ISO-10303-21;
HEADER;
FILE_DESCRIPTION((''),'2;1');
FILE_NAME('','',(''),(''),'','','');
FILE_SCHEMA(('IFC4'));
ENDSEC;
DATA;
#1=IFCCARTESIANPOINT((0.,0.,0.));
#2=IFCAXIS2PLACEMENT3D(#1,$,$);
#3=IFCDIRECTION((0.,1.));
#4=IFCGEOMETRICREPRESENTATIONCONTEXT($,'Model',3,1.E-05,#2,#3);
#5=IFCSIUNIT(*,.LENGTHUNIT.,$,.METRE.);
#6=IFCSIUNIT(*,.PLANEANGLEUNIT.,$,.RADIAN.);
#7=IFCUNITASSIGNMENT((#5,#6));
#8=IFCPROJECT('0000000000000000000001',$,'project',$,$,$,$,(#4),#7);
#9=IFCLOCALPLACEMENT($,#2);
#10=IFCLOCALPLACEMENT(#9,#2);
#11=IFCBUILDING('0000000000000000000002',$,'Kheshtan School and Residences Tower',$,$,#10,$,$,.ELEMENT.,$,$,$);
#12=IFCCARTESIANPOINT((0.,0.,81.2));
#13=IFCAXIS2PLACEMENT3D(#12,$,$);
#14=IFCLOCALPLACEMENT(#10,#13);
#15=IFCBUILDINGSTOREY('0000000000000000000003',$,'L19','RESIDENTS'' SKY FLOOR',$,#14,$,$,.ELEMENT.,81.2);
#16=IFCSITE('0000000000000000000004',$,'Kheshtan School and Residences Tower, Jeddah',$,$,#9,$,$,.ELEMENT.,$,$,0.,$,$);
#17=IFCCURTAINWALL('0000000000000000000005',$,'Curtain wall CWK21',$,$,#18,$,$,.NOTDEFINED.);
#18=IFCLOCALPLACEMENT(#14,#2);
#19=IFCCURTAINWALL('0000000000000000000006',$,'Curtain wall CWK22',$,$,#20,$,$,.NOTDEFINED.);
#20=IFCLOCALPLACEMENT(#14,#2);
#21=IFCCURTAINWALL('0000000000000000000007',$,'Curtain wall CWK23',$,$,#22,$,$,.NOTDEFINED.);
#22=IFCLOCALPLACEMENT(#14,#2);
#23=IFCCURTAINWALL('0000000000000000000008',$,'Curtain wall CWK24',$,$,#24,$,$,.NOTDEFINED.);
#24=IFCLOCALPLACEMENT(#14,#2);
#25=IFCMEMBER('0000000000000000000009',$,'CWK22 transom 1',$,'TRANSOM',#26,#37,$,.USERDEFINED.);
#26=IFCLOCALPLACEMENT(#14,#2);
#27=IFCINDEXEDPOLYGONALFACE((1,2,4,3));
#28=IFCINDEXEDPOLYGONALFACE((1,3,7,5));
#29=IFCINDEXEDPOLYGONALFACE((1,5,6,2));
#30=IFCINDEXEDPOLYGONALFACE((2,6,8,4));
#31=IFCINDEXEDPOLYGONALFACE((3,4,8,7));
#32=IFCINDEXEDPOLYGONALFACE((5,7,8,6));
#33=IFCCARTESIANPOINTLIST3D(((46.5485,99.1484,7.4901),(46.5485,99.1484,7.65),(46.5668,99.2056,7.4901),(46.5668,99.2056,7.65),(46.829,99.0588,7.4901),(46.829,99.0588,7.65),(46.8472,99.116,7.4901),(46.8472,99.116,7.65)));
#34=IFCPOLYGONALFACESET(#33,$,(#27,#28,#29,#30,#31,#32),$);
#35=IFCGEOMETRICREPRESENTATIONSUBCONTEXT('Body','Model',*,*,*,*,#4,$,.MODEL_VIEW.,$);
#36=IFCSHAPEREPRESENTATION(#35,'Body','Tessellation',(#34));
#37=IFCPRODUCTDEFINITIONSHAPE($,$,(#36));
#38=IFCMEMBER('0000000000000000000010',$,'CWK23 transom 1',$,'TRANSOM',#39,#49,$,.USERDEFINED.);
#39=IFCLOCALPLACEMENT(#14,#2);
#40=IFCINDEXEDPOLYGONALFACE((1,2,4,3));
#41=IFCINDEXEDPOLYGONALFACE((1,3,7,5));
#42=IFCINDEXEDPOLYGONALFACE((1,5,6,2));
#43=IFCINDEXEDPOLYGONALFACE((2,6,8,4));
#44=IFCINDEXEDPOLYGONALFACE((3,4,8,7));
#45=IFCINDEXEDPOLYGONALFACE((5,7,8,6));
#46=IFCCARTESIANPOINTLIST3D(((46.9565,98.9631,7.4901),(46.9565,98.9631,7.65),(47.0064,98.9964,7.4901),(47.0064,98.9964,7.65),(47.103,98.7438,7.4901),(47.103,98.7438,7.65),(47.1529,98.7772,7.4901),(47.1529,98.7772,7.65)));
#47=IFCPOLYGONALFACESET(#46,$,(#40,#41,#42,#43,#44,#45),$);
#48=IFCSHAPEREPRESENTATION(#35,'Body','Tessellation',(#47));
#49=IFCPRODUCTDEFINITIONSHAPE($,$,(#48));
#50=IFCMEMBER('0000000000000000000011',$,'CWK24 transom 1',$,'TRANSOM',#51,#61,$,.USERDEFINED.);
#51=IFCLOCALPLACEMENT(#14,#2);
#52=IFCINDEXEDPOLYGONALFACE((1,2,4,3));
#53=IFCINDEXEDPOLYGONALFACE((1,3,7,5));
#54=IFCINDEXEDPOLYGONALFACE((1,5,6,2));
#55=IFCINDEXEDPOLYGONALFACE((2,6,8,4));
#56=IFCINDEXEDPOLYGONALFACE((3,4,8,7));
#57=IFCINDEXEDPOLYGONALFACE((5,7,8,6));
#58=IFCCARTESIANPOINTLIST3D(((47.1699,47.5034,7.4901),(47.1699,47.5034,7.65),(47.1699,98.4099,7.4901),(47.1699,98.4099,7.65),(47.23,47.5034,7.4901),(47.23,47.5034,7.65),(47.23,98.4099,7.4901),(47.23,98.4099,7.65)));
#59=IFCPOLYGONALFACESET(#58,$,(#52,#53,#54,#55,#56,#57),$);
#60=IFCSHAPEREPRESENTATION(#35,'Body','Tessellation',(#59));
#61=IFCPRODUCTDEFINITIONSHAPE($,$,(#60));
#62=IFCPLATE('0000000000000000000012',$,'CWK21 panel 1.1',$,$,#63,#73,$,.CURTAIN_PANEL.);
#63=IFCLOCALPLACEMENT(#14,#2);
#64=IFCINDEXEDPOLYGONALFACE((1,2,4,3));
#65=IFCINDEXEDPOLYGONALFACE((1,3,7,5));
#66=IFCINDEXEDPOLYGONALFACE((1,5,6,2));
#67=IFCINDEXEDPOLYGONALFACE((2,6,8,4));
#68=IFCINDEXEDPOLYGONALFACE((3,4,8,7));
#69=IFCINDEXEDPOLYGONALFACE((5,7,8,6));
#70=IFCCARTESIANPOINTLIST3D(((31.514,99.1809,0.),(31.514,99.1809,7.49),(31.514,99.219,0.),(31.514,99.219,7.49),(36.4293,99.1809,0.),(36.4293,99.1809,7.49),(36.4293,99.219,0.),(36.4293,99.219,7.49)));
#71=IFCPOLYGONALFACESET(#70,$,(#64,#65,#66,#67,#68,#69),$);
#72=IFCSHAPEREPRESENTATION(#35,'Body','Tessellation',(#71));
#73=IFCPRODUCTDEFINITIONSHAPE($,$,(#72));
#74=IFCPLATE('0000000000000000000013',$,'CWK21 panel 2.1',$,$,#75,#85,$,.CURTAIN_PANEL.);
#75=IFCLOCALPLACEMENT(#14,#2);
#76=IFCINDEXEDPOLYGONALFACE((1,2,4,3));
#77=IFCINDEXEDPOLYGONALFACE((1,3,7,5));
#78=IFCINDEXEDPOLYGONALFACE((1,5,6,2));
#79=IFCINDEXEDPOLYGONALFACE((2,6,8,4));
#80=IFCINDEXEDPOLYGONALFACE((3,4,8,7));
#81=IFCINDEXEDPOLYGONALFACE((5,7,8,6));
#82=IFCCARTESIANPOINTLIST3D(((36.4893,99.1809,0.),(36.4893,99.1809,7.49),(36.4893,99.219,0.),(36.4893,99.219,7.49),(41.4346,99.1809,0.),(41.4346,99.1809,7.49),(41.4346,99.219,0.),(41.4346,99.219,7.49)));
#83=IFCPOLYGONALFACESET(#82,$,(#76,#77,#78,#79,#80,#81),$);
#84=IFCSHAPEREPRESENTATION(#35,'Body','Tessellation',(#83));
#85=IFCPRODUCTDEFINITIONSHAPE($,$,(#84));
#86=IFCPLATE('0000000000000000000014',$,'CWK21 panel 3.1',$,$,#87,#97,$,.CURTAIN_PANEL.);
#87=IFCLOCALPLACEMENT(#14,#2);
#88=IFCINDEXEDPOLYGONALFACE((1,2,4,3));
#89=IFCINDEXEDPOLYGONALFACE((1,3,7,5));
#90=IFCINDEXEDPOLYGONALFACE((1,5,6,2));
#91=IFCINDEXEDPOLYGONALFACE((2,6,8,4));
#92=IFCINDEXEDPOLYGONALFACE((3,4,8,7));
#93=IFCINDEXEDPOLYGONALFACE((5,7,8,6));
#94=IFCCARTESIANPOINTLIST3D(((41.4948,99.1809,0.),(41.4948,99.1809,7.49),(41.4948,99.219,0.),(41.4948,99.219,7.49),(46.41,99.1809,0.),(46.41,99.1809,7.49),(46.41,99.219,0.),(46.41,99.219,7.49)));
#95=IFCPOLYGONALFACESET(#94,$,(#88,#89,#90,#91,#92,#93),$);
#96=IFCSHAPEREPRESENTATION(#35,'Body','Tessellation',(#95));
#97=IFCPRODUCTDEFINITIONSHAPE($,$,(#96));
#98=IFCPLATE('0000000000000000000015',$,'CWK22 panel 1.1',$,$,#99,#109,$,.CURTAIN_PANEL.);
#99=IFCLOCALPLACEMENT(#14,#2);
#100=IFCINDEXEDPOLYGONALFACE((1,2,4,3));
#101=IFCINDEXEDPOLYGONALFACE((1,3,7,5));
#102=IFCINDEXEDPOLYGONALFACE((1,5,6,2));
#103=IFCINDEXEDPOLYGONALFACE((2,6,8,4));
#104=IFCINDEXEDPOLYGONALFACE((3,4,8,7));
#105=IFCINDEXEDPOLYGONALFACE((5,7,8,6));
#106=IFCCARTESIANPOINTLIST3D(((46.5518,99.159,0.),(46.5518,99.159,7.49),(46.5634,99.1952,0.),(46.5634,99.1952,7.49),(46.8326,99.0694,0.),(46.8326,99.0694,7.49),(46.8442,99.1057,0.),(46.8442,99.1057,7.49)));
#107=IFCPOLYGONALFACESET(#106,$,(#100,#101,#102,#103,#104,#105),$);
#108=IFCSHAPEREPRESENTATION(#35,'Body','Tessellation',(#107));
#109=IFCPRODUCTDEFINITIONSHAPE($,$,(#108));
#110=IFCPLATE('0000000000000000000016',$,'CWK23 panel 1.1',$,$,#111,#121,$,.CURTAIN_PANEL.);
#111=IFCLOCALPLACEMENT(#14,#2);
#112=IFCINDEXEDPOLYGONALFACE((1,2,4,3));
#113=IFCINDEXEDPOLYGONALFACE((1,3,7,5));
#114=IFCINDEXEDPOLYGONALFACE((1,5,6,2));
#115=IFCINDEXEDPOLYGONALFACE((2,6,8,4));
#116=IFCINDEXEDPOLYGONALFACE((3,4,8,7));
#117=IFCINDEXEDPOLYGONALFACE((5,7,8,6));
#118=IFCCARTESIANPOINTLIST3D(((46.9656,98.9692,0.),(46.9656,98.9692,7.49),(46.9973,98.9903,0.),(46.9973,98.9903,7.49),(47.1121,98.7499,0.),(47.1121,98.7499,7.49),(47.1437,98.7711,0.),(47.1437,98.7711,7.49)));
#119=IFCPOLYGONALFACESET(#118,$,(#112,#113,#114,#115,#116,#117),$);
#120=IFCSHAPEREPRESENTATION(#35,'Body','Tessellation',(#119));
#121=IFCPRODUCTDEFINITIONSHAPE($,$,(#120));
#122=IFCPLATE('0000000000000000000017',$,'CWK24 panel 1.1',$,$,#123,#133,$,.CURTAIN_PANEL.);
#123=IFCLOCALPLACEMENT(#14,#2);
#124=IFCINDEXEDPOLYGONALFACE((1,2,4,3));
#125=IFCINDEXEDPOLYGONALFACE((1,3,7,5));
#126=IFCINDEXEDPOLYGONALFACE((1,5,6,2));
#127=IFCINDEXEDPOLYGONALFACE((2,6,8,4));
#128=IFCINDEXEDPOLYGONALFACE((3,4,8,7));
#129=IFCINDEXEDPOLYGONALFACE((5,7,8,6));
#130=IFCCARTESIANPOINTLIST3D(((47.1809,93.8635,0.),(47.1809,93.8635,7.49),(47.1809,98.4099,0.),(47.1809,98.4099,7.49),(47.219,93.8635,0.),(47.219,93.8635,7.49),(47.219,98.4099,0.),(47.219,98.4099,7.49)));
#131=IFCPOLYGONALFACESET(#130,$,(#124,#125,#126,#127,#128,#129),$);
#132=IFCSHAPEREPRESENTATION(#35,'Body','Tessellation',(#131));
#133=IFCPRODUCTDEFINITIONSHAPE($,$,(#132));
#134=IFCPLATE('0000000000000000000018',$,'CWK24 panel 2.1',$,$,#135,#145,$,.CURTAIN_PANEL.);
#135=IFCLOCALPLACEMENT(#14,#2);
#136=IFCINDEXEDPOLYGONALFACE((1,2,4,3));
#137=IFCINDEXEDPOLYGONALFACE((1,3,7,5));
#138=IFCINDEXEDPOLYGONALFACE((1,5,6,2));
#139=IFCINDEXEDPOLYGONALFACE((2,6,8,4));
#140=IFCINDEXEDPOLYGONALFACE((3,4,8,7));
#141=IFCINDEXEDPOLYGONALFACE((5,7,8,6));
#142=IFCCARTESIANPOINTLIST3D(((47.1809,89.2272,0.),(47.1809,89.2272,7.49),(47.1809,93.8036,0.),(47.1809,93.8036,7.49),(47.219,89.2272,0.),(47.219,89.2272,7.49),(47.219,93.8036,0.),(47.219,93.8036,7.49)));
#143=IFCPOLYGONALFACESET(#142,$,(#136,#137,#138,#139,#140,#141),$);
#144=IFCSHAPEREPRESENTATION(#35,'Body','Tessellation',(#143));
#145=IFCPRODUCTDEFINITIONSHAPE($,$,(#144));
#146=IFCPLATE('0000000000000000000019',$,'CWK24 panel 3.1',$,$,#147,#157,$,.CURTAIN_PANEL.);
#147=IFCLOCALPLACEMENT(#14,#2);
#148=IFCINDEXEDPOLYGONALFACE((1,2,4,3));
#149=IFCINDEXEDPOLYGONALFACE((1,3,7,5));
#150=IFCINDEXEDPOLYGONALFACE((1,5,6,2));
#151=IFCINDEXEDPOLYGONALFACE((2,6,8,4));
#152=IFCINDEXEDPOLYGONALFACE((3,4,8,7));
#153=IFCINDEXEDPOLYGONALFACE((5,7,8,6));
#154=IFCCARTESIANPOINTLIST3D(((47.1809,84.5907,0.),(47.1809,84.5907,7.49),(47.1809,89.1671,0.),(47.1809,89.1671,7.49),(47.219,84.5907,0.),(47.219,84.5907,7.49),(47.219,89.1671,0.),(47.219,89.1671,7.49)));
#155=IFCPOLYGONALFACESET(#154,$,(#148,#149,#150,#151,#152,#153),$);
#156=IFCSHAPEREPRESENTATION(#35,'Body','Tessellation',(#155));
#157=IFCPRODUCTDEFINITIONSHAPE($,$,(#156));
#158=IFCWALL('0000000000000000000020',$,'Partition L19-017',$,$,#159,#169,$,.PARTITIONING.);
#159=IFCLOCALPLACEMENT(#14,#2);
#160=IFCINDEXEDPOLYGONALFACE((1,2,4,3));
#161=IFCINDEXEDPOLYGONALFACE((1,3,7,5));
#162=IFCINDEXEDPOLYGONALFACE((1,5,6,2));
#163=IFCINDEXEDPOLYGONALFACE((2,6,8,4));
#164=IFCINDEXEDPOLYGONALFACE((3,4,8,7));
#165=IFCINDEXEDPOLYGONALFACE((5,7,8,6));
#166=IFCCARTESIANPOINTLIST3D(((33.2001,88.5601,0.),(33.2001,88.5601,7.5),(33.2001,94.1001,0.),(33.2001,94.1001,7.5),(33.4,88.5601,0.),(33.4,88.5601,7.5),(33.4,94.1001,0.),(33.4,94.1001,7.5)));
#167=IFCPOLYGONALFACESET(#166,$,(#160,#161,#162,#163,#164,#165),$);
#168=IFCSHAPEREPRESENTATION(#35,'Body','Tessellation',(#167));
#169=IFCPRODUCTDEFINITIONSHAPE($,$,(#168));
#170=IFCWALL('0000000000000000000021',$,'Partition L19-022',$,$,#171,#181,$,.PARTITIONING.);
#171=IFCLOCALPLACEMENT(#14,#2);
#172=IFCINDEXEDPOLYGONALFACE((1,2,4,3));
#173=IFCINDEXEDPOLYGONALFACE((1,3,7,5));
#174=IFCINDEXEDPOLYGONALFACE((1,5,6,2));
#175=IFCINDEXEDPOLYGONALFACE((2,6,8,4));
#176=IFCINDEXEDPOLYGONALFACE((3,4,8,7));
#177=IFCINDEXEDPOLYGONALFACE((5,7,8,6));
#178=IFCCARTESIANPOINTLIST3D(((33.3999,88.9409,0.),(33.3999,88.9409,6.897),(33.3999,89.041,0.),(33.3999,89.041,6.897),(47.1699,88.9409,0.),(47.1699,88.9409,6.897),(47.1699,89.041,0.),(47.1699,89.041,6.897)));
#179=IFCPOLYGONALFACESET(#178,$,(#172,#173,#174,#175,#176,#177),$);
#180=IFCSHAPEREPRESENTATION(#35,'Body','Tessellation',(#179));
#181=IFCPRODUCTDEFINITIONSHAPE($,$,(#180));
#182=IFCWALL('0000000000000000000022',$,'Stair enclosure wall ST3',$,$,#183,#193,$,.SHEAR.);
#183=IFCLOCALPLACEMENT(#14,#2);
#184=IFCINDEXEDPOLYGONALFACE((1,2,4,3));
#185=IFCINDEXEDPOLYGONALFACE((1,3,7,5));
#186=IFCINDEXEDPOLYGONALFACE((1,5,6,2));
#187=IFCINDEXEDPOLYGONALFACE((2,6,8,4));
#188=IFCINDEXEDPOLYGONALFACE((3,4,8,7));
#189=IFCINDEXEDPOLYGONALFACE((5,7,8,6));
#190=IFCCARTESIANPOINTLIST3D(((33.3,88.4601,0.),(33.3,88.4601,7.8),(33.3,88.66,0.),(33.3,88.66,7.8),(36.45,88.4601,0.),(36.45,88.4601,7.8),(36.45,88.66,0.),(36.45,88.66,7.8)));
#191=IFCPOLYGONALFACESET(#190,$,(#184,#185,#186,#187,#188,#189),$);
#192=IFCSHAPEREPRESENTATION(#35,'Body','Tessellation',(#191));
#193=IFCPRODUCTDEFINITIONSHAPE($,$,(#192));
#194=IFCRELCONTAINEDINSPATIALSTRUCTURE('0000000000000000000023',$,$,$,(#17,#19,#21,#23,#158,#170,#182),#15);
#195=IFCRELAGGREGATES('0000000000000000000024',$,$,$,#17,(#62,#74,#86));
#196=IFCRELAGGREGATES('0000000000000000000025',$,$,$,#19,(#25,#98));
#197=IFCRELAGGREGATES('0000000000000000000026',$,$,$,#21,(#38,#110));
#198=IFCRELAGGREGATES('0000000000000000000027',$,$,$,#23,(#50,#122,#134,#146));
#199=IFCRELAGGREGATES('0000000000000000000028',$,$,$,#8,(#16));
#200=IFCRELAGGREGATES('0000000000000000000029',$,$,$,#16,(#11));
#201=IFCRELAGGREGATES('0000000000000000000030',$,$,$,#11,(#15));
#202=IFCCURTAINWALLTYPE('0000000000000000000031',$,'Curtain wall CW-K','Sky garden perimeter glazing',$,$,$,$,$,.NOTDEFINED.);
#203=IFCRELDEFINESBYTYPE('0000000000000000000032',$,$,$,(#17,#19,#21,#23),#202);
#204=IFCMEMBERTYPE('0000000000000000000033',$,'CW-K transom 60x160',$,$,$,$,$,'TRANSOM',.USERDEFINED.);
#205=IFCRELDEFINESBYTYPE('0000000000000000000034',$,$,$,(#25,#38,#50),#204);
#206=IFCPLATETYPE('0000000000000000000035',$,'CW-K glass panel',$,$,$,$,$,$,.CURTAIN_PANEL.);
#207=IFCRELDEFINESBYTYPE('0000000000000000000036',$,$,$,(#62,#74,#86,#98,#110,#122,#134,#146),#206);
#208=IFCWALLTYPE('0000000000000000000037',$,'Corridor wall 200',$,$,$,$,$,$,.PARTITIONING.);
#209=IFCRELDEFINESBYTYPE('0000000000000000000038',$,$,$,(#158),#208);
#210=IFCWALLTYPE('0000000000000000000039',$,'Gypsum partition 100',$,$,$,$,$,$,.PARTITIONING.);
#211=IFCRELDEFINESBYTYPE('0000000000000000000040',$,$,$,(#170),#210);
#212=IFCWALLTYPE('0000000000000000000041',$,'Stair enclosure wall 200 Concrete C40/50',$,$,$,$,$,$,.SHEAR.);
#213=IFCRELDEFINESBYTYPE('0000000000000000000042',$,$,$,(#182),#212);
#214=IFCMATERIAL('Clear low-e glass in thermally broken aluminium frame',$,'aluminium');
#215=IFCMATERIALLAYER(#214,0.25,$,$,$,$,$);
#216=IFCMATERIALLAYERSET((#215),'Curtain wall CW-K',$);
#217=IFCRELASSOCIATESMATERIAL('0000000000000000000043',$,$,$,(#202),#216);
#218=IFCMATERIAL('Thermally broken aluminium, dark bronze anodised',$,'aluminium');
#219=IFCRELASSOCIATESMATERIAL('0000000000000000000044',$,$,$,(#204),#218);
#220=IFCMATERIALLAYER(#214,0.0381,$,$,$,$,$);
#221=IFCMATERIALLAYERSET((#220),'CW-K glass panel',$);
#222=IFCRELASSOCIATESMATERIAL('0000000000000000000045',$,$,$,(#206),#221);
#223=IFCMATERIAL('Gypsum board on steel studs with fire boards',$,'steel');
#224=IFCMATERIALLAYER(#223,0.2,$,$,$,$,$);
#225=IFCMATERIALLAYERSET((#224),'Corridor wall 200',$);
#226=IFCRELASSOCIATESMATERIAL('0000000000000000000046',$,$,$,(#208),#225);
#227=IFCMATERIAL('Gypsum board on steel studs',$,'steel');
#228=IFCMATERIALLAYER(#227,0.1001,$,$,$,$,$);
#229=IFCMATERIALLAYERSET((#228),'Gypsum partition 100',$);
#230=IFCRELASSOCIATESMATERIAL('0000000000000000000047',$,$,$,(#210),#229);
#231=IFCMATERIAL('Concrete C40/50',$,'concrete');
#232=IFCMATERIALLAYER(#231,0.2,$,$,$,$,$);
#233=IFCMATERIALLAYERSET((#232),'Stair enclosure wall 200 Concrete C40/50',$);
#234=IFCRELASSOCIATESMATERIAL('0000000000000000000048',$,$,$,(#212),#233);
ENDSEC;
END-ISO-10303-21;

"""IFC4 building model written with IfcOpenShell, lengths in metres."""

from ifc_helpers import new_model, si_unit, direction, frame, frame_2d, origin, origin_2d, place, context, subcontext, project, spatial, rectangle, extrude, material, layer, layer_set, material_profile, profile_set, type_object, element, aggregate, save


model = new_model("IFC4")

# Units and contexts
model_context = context("Model", 3, precision=1e-05, world=origin(), true_north=direction((0.0, 1.0)))
body_context = subcontext(model_context, "Body", "Model", "MODEL_VIEW")
ifc_project = project(units=[si_unit("LENGTHUNIT", "METRE"), si_unit("PLANEANGLEUNIT", "RADIAN")], contexts=[model_context])

# Site, building, storey
site_placement = place(None, origin())
site = spatial("IfcSite", under=ifc_project, at=site_placement, Name="Kheshtan School and Residences Tower, Jeddah", CompositionType="ELEMENT", RefElevation=0.0)
building_placement = place(site_placement, origin())
building = spatial("IfcBuilding", under=site, at=building_placement, Name="Kheshtan School and Residences Tower", CompositionType="ELEMENT")
storey_placement = place(building_placement, frame((0.0, 0.0, 81.2)))
storey = spatial("IfcBuildingStorey", under=building, at=storey_placement, Name="L19", Description="RESIDENTS' SKY FLOOR", CompositionType="ELEMENT", Elevation=81.2)

# Curtain walls
ifc_material_1 = material(Name="Clear low-e glass in thermally broken aluminium frame", Category="aluminium")
ifc_layer_1 = layer(ifc_material_1, 0.25)
ifc_layer_set_1 = layer_set([ifc_layer_1], Name="Curtain wall CW-K")
curtain_wall_type = type_object("IfcCurtainWallType", Name="Curtain wall CW-K", Description="Sky garden perimeter glazing", PredefinedType="NOTDEFINED", material=ifc_layer_set_1)
curtain_wall_1_placement = place(storey_placement, origin())
curtain_wall_1 = element("IfcCurtainWall", 1, at=curtain_wall_1_placement, inside=storey, type_object=curtain_wall_type, Name="Curtain wall CWK21", PredefinedType="NOTDEFINED")
ifc_material_2 = material(Name="Thermally broken aluminium, dark bronze anodised", Category="aluminium")
curtain_wall_2_placement = place(storey_placement, origin())
curtain_wall_2 = element("IfcCurtainWall", 2, at=curtain_wall_2_placement, inside=storey, type_object=curtain_wall_type, Name="Curtain wall CWK22", PredefinedType="NOTDEFINED")
curtain_wall_3_placement = place(storey_placement, origin())
curtain_wall_3 = element("IfcCurtainWall", 3, at=curtain_wall_3_placement, inside=storey, type_object=curtain_wall_type, Name="Curtain wall CWK23", PredefinedType="NOTDEFINED")
curtain_wall_4_placement = place(storey_placement, origin())
curtain_wall_4 = element("IfcCurtainWall", 4, at=curtain_wall_4_placement, inside=storey, type_object=curtain_wall_type, Name="Curtain wall CWK24", PredefinedType="NOTDEFINED")

# Members
ifc_material_profile_1 = material_profile(ifc_material_2, rectangle(XDim=0.0601, YDim=0.1599, at=origin_2d()), Name="CW-K transom 60x160")
ifc_profile_set_1 = profile_set([ifc_material_profile_1], Name="Thermally broken aluminium, dark bronze anodised")
member_type_1 = type_object("IfcMemberType", Name="CW-K transom 60x160", ElementType="TRANSOM", PredefinedType="USERDEFINED", material=ifc_profile_set_1)
member_1_placement = place(storey_placement, frame((46.5576, 99.177, 7.5701), z_axis=(0.952588, -0.304264, 0.0), x_axis=(0.304264, 0.952588, 0.0)))
member_1 = element("IfcMember", 5, at=member_1_placement, type_object=member_type_1, Name="CWK22 transom 1", ObjectType="TRANSOM", PredefinedType="USERDEFINED", context=body_context, shape_type="SweptSolid", body=[
    extrude(rectangle(XDim=0.0601, YDim=0.1599, at=origin_2d()), origin(), (0.0, 0.0, 1.0), 0.2944),
])
member_2_placement = place(storey_placement, frame((46.9814, 98.9797, 7.5701), z_axis=(0.555555, -0.83148, 0.0), x_axis=(0.83148, 0.555555, 0.0)))
member_2 = element("IfcMember", 6, at=member_2_placement, type_object=member_type_1, Name="CWK23 transom 1", ObjectType="TRANSOM", PredefinedType="USERDEFINED", context=body_context, shape_type="SweptSolid", body=[
    extrude(rectangle(XDim=0.0601, YDim=0.1599, at=origin_2d()), origin(), (0.0, 0.0, 1.0), 0.2637),
])
member_3_placement = place(storey_placement, frame((47.2, 98.4099, 7.5701), z_axis=(0.0, -1.0, 0.0), x_axis=(1.0, 0.0, 0.0)))
member_3 = element("IfcMember", 7, at=member_3_placement, type_object=member_type_1, Name="CWK24 transom 1", ObjectType="TRANSOM", PredefinedType="USERDEFINED", context=body_context, shape_type="SweptSolid", body=[
    extrude(rectangle(XDim=0.0601, YDim=0.1599, at=origin_2d()), origin(), (0.0, 0.0, 1.0), 50.9065),
])

# Plates
ifc_layer_2 = layer(ifc_material_1, 0.0381)
ifc_layer_set_2 = layer_set([ifc_layer_2], Name="CW-K glass panel")
plate_type = type_object("IfcPlateType", Name="CW-K glass panel", PredefinedType="CURTAIN_PANEL", material=ifc_layer_set_2)
plate_1_placement = place(storey_placement, frame((33.9717, 99.2, 0.0), z_axis=(0.0, 0.0, 1.0), x_axis=(1.0, 0.0, 0.0)))
plate_1 = element("IfcPlate", 8, at=plate_1_placement, type_object=plate_type, Name="CWK21 panel 1.1", PredefinedType="CURTAIN_PANEL", context=body_context, shape_type="SweptSolid", body=[
    extrude(rectangle(XDim=4.9153, YDim=0.0381, at=origin_2d()), origin(), (0.0, 0.0, 1.0), 7.49),
])
plate_2_placement = place(storey_placement, frame((38.9619, 99.2, 0.0), z_axis=(0.0, 0.0, 1.0), x_axis=(1.0, 0.0, 0.0)))
plate_2 = element("IfcPlate", 9, at=plate_2_placement, type_object=plate_type, Name="CWK21 panel 2.1", PredefinedType="CURTAIN_PANEL", context=body_context, shape_type="SweptSolid", body=[
    extrude(rectangle(XDim=4.9453, YDim=0.0381, at=origin_2d()), origin(), (0.0, 0.0, 1.0), 7.49),
])
plate_3_placement = place(storey_placement, frame((43.9524, 99.2, 0.0), z_axis=(0.0, 0.0, 1.0), x_axis=(1.0, 0.0, 0.0)))
plate_3 = element("IfcPlate", 10, at=plate_3_placement, type_object=plate_type, Name="CWK21 panel 3.1", PredefinedType="CURTAIN_PANEL", context=body_context, shape_type="SweptSolid", body=[
    extrude(rectangle(XDim=4.9153, YDim=0.0381, at=origin_2d()), origin(), (0.0, 0.0, 1.0), 7.49),
])
aggregate(curtain_wall_1, [plate_1, plate_2, plate_3])
plate_4_placement = place(storey_placement, frame((46.698, 99.1323, 0.0), z_axis=(0.0, 0.0, 1.0), x_axis=(0.952704, -0.3039, 0.0)))
plate_4 = element("IfcPlate", 11, at=plate_4_placement, type_object=plate_type, Name="CWK22 panel 1.1", PredefinedType="CURTAIN_PANEL", context=body_context, shape_type="SweptSolid", body=[
    extrude(rectangle(XDim=0.2947, YDim=0.0381, at=origin_2d()), origin(), (0.0, 0.0, 1.0), 7.49),
])
aggregate(curtain_wall_2, [member_1, plate_4])
plate_5_placement = place(storey_placement, frame((47.0547, 98.8701, 0.0), z_axis=(0.0, 0.0, 1.0), x_axis=(0.555302, -0.831649, 0.0)))
plate_5 = element("IfcPlate", 12, at=plate_5_placement, type_object=plate_type, Name="CWK23 panel 1.1", PredefinedType="CURTAIN_PANEL", context=body_context, shape_type="SweptSolid", body=[
    extrude(rectangle(XDim=0.2637, YDim=0.0381, at=origin_2d()), origin(), (0.0, 0.0, 1.0), 7.49),
])
aggregate(curtain_wall_3, [member_2, plate_5])
plate_6_placement = place(storey_placement, frame((47.2, 96.1367, 0.0), z_axis=(0.0, 0.0, 1.0), x_axis=(0.0, -1.0, 0.0)))
plate_6 = element("IfcPlate", 13, at=plate_6_placement, type_object=plate_type, Name="CWK24 panel 1.1", PredefinedType="CURTAIN_PANEL", context=body_context, shape_type="SweptSolid", body=[
    extrude(rectangle(XDim=4.5464, YDim=0.0381, at=origin_2d()), origin(), (0.0, 0.0, 1.0), 7.49),
])
plate_7_placement = place(storey_placement, frame((47.2, 91.5154, 0.0), z_axis=(0.0, 0.0, 1.0), x_axis=(0.0, -1.0, 0.0)))
plate_7 = element("IfcPlate", 14, at=plate_7_placement, type_object=plate_type, Name="CWK24 panel 2.1", PredefinedType="CURTAIN_PANEL", context=body_context, shape_type="SweptSolid", body=[
    extrude(rectangle(XDim=4.5764, YDim=0.0381, at=origin_2d()), origin(), (0.0, 0.0, 1.0), 7.49),
])
plate_8_placement = place(storey_placement, frame((47.2, 86.8789, 0.0), z_axis=(0.0, 0.0, 1.0), x_axis=(0.0, -1.0, 0.0)))
plate_8 = element("IfcPlate", 15, at=plate_8_placement, type_object=plate_type, Name="CWK24 panel 3.1", PredefinedType="CURTAIN_PANEL", context=body_context, shape_type="SweptSolid", body=[
    extrude(rectangle(XDim=4.5764, YDim=0.0381, at=origin_2d()), origin(), (0.0, 0.0, 1.0), 7.49),
])
aggregate(curtain_wall_4, [member_3, plate_6, plate_7, plate_8])

# Walls
ifc_material_3 = material(Name="Gypsum board on steel studs with fire boards", Category="steel")
ifc_layer_3 = layer(ifc_material_3, 0.2)
ifc_layer_set_3 = layer_set([ifc_layer_3], Name="Corridor wall 200")
wall_type_1 = type_object("IfcWallType", Name="Corridor wall 200", PredefinedType="PARTITIONING", material=ifc_layer_set_3)
wall_1_placement = place(storey_placement, frame((33.3, 88.5601, 0.0), z_axis=(0.0, 0.0, 1.0), x_axis=(0.0, 1.0, 0.0)))
element("IfcWall", 16, at=wall_1_placement, inside=storey, type_object=wall_type_1, Name="Partition L19-017", PredefinedType="PARTITIONING", context=body_context, shape_type="SweptSolid", body=[
    extrude(rectangle(XDim=5.54, YDim=0.2, at=frame_2d((2.77, 0.0))), origin(), (0.0, 0.0, 1.0), 7.5),
])
ifc_material_4 = material(Name="Gypsum board on steel studs", Category="steel")
ifc_layer_4 = layer(ifc_material_4, 0.1001)
ifc_layer_set_4 = layer_set([ifc_layer_4], Name="Gypsum partition 100")
wall_type_2 = type_object("IfcWallType", Name="Gypsum partition 100", PredefinedType="PARTITIONING", material=ifc_layer_set_4)
wall_2_placement = place(storey_placement, frame((33.3999, 88.991, 0.0), z_axis=(0.0, 0.0, 1.0), x_axis=(1.0, 0.0, 0.0)))
element("IfcWall", 17, at=wall_2_placement, inside=storey, type_object=wall_type_2, Name="Partition L19-022", PredefinedType="PARTITIONING", context=body_context, shape_type="SweptSolid", body=[
    extrude(rectangle(XDim=13.77, YDim=0.1001, at=frame_2d((6.885, 0.0))), origin(), (0.0, 0.0, 1.0), 6.897),
])
ifc_material_5 = material(Name="Concrete C40/50", Category="concrete")
ifc_layer_5 = layer(ifc_material_5, 0.2)
ifc_layer_set_5 = layer_set([ifc_layer_5], Name="Stair enclosure wall 200 Concrete C40/50")
wall_type_3 = type_object("IfcWallType", Name="Stair enclosure wall 200 Concrete C40/50", PredefinedType="SHEAR", material=ifc_layer_set_5)
wall_3_placement = place(storey_placement, frame((33.3, 88.5601, 0.0), z_axis=(0.0, 0.0, 1.0), x_axis=(1.0, 0.0, 0.0)))
element("IfcWall", 18, at=wall_3_placement, inside=storey, type_object=wall_type_3, Name="Stair enclosure wall ST3", PredefinedType="SHEAR", context=body_context, shape_type="SweptSolid", body=[
    extrude(rectangle(XDim=3.1499, YDim=0.2, at=frame_2d((1.575, 0.0))), origin(), (0.0, 0.0, 1.0), 7.8),
])

save(model, "model.ifc")
